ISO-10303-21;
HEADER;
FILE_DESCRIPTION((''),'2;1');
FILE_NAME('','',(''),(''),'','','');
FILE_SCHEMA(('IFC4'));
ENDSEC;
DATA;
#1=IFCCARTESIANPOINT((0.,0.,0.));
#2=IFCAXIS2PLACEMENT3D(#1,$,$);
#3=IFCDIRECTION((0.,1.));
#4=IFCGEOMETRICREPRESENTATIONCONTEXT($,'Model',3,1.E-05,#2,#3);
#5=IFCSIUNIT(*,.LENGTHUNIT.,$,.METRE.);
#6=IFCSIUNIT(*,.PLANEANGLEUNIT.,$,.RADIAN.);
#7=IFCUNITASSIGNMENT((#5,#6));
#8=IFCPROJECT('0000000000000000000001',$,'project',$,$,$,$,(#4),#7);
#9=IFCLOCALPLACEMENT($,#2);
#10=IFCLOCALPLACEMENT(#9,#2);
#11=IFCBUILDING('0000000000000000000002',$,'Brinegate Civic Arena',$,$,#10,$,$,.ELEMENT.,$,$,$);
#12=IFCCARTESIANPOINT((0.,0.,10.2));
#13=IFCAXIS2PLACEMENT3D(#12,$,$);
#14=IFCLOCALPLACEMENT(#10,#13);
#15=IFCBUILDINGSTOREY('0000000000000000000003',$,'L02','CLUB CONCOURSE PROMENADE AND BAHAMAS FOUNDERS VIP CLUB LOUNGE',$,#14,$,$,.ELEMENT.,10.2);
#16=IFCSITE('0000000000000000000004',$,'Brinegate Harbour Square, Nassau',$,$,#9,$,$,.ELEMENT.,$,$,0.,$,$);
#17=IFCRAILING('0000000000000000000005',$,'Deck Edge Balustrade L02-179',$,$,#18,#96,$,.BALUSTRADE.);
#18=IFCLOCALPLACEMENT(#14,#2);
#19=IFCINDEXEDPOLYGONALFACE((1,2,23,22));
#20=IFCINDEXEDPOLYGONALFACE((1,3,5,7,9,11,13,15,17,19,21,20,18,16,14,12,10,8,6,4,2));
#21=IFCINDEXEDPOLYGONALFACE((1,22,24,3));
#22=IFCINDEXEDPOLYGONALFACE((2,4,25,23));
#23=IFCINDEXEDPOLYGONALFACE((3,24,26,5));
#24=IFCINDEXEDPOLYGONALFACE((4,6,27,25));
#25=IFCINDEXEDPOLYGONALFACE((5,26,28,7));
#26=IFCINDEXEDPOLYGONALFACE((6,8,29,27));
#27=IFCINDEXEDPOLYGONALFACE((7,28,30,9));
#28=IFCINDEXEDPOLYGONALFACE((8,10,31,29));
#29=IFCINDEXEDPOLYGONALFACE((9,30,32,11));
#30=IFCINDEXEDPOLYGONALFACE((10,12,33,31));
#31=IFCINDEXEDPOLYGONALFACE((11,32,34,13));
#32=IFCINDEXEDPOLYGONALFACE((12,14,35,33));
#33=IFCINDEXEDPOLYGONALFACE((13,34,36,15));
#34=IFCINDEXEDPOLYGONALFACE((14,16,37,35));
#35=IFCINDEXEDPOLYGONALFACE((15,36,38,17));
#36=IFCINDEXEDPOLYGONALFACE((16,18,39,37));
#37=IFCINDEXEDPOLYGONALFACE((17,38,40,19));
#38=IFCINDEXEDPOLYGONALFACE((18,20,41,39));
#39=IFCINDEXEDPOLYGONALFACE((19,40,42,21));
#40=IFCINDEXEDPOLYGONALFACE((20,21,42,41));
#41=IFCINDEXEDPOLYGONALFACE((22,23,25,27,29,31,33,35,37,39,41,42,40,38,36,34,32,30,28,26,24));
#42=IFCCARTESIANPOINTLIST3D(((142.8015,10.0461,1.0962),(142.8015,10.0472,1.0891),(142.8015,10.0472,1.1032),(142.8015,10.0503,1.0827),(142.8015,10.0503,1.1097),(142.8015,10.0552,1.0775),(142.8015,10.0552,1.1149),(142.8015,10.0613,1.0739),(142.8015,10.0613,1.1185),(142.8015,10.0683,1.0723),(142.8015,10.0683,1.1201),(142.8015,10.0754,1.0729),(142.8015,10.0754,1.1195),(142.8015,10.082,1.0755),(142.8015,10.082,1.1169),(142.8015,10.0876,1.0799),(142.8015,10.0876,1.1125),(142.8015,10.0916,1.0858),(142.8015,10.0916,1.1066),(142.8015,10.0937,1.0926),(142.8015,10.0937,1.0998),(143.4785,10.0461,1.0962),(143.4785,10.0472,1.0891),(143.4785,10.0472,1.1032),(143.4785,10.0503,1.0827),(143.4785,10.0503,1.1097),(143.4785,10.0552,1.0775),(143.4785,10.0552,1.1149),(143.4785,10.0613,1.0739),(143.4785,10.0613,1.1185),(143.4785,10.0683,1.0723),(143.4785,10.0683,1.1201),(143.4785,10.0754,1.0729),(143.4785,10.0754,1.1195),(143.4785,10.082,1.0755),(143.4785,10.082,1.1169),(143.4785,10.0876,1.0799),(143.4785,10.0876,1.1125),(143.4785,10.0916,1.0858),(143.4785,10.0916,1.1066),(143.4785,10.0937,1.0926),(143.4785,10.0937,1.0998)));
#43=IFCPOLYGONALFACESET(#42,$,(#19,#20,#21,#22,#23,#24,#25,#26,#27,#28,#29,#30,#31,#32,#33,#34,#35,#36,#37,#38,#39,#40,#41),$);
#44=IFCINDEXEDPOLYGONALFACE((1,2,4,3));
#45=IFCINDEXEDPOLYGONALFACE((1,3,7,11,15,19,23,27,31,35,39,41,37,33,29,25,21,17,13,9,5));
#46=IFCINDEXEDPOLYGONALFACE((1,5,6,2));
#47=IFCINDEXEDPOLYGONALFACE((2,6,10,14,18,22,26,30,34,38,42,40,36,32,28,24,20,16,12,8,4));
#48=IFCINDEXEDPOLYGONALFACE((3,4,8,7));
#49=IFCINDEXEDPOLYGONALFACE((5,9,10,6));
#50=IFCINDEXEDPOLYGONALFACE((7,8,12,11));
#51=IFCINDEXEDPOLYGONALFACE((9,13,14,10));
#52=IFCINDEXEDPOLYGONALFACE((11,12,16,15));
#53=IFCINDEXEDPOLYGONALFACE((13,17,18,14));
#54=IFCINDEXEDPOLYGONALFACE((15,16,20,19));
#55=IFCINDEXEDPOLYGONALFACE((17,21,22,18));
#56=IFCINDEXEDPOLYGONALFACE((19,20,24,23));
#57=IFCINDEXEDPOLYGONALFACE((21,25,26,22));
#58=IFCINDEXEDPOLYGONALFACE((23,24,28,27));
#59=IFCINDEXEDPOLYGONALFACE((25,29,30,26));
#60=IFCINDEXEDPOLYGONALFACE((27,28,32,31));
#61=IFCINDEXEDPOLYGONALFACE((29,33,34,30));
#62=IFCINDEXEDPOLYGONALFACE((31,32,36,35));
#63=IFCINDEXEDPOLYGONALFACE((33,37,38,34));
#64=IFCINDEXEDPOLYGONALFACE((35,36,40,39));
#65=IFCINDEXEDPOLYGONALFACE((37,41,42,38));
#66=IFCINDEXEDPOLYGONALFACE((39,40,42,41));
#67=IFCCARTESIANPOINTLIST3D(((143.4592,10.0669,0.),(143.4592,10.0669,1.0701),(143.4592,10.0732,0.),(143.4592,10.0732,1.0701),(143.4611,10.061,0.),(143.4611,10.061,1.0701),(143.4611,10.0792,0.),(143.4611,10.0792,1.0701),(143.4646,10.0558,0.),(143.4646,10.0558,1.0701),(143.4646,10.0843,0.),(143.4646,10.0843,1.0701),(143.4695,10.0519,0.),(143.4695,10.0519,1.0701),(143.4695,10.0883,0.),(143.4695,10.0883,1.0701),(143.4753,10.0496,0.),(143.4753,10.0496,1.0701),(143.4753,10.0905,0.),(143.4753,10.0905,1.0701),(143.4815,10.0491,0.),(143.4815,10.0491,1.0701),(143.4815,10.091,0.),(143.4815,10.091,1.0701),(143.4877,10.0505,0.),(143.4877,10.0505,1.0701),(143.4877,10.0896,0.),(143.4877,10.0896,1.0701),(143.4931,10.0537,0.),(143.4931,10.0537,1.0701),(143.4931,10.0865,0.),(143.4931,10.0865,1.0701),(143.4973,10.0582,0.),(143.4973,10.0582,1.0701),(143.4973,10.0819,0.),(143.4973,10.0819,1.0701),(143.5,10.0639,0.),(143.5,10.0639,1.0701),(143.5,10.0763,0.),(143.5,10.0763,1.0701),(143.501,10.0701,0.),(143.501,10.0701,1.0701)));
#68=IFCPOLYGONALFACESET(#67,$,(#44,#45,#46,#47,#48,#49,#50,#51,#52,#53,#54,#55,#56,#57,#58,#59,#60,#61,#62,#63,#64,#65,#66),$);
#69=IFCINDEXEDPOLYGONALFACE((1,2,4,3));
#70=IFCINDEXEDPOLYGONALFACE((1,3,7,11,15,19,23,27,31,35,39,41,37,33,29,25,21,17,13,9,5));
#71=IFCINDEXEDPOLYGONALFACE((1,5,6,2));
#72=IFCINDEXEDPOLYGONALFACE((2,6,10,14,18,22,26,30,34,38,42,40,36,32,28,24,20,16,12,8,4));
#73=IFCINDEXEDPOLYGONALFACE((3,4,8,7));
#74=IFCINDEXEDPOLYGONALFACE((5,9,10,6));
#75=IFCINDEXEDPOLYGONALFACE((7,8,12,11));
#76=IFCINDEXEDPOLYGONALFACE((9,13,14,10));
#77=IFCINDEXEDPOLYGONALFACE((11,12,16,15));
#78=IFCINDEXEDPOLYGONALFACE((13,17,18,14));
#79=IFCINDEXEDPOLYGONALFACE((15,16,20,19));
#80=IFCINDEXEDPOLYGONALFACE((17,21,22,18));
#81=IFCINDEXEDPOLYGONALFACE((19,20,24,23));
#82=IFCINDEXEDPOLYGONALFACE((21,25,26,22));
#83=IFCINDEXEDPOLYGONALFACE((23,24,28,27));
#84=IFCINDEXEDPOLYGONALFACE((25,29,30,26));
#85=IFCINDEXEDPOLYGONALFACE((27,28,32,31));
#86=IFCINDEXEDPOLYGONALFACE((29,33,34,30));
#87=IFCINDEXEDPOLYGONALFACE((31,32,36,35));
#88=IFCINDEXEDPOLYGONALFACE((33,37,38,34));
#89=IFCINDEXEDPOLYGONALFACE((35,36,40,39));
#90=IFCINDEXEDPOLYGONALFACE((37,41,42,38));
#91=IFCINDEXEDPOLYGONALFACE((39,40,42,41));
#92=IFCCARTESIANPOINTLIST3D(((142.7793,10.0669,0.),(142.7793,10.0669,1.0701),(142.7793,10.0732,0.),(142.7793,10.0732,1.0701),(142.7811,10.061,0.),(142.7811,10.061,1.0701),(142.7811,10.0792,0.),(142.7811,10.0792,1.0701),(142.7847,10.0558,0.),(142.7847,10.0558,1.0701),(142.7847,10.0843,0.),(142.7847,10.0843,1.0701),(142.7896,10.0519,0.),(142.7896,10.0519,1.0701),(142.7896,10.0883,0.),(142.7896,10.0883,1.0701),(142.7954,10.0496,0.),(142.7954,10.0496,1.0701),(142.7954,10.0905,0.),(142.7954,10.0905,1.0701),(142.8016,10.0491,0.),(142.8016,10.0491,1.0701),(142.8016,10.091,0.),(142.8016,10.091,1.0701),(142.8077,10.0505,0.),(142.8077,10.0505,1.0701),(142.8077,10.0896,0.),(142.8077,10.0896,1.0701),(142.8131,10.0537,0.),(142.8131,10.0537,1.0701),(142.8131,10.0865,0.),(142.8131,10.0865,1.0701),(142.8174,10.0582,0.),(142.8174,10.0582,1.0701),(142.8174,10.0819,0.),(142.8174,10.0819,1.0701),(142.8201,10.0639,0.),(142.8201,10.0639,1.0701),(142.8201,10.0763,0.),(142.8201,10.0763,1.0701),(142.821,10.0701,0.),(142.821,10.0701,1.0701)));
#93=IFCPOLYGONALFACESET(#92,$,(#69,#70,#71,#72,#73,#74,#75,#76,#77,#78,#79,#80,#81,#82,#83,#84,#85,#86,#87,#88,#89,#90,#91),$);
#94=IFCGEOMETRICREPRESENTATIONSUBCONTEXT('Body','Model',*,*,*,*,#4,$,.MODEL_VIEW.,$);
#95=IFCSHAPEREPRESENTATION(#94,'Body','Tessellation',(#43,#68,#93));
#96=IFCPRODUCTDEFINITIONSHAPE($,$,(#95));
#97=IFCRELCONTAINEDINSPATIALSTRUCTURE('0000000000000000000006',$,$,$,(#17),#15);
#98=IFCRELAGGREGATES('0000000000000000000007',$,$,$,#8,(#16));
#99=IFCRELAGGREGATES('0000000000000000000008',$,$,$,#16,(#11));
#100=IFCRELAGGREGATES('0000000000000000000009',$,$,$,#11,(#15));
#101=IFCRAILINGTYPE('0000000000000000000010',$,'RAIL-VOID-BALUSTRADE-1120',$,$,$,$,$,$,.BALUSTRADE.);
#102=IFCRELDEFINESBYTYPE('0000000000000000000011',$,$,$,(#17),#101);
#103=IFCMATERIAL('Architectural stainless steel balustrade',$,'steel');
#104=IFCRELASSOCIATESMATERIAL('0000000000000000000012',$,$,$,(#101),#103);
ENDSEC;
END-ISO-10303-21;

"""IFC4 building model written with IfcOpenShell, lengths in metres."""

from ifc_helpers import new_model, si_unit, direction, frame, origin, origin_2d, place, context, subcontext, project, spatial, circle, extrude, material, type_object, element, save


model = new_model("IFC4")

# Units and contexts
model_context = context("Model", 3, precision=1e-05, world=origin(), true_north=direction((0.0, 1.0)))
body_context = subcontext(model_context, "Body", "Model", "MODEL_VIEW")
ifc_project = project(units=[si_unit("LENGTHUNIT", "METRE"), si_unit("PLANEANGLEUNIT", "RADIAN")], contexts=[model_context])

# Site, building, storey
site_placement = place(None, origin())
site = spatial("IfcSite", under=ifc_project, at=site_placement, Name="Brinegate Harbour Square, Nassau", CompositionType="ELEMENT", RefElevation=0.0)
building_placement = place(site_placement, origin())
building = spatial("IfcBuilding", under=site, at=building_placement, Name="Brinegate Civic Arena", CompositionType="ELEMENT")
storey_placement = place(building_placement, frame((0.0, 0.0, 10.2)))
storey = spatial("IfcBuildingStorey", under=building, at=storey_placement, Name="L02", Description="CLUB CONCOURSE PROMENADE AND BAHAMAS FOUNDERS VIP CLUB LOUNGE", CompositionType="ELEMENT", Elevation=10.2)

# Railing
ifc_material_1 = material(Name="Architectural stainless steel balustrade", Category="steel")
railing_type_1 = type_object("IfcRailingType", Name="RAIL-VOID-BALUSTRADE-1120", PredefinedType="BALUSTRADE", material=ifc_material_1)
railing_1_placement = place(storey_placement, frame((143.48, 10.0701, 0.0)))
element("IfcRailing", 1, at=railing_1_placement, inside=storey, type_object=railing_type_1, Name="Deck Edge Balustrade L02-179", PredefinedType="BALUSTRADE", context=body_context, shape_type="SweptSolid", body=[
    extrude(circle(Radius=0.0239, at=origin_2d()), frame((-0.0015, 0.0, 1.0962), z_axis=(-1.0, 0.0, 0.0), x_axis=(0.0, -1.0, 0.0)), (0.0, 0.0, 1.0), 0.677),
    extrude(circle(Radius=0.021, at=origin_2d()), origin(), (0.0, 0.0, 1.0), 1.0701),
    extrude(circle(Radius=0.021, at=origin_2d()), frame((-0.6799, 0.0, 0.0)), (0.0, 0.0, 1.0), 1.0701),
])

save(model, "model.ifc")
